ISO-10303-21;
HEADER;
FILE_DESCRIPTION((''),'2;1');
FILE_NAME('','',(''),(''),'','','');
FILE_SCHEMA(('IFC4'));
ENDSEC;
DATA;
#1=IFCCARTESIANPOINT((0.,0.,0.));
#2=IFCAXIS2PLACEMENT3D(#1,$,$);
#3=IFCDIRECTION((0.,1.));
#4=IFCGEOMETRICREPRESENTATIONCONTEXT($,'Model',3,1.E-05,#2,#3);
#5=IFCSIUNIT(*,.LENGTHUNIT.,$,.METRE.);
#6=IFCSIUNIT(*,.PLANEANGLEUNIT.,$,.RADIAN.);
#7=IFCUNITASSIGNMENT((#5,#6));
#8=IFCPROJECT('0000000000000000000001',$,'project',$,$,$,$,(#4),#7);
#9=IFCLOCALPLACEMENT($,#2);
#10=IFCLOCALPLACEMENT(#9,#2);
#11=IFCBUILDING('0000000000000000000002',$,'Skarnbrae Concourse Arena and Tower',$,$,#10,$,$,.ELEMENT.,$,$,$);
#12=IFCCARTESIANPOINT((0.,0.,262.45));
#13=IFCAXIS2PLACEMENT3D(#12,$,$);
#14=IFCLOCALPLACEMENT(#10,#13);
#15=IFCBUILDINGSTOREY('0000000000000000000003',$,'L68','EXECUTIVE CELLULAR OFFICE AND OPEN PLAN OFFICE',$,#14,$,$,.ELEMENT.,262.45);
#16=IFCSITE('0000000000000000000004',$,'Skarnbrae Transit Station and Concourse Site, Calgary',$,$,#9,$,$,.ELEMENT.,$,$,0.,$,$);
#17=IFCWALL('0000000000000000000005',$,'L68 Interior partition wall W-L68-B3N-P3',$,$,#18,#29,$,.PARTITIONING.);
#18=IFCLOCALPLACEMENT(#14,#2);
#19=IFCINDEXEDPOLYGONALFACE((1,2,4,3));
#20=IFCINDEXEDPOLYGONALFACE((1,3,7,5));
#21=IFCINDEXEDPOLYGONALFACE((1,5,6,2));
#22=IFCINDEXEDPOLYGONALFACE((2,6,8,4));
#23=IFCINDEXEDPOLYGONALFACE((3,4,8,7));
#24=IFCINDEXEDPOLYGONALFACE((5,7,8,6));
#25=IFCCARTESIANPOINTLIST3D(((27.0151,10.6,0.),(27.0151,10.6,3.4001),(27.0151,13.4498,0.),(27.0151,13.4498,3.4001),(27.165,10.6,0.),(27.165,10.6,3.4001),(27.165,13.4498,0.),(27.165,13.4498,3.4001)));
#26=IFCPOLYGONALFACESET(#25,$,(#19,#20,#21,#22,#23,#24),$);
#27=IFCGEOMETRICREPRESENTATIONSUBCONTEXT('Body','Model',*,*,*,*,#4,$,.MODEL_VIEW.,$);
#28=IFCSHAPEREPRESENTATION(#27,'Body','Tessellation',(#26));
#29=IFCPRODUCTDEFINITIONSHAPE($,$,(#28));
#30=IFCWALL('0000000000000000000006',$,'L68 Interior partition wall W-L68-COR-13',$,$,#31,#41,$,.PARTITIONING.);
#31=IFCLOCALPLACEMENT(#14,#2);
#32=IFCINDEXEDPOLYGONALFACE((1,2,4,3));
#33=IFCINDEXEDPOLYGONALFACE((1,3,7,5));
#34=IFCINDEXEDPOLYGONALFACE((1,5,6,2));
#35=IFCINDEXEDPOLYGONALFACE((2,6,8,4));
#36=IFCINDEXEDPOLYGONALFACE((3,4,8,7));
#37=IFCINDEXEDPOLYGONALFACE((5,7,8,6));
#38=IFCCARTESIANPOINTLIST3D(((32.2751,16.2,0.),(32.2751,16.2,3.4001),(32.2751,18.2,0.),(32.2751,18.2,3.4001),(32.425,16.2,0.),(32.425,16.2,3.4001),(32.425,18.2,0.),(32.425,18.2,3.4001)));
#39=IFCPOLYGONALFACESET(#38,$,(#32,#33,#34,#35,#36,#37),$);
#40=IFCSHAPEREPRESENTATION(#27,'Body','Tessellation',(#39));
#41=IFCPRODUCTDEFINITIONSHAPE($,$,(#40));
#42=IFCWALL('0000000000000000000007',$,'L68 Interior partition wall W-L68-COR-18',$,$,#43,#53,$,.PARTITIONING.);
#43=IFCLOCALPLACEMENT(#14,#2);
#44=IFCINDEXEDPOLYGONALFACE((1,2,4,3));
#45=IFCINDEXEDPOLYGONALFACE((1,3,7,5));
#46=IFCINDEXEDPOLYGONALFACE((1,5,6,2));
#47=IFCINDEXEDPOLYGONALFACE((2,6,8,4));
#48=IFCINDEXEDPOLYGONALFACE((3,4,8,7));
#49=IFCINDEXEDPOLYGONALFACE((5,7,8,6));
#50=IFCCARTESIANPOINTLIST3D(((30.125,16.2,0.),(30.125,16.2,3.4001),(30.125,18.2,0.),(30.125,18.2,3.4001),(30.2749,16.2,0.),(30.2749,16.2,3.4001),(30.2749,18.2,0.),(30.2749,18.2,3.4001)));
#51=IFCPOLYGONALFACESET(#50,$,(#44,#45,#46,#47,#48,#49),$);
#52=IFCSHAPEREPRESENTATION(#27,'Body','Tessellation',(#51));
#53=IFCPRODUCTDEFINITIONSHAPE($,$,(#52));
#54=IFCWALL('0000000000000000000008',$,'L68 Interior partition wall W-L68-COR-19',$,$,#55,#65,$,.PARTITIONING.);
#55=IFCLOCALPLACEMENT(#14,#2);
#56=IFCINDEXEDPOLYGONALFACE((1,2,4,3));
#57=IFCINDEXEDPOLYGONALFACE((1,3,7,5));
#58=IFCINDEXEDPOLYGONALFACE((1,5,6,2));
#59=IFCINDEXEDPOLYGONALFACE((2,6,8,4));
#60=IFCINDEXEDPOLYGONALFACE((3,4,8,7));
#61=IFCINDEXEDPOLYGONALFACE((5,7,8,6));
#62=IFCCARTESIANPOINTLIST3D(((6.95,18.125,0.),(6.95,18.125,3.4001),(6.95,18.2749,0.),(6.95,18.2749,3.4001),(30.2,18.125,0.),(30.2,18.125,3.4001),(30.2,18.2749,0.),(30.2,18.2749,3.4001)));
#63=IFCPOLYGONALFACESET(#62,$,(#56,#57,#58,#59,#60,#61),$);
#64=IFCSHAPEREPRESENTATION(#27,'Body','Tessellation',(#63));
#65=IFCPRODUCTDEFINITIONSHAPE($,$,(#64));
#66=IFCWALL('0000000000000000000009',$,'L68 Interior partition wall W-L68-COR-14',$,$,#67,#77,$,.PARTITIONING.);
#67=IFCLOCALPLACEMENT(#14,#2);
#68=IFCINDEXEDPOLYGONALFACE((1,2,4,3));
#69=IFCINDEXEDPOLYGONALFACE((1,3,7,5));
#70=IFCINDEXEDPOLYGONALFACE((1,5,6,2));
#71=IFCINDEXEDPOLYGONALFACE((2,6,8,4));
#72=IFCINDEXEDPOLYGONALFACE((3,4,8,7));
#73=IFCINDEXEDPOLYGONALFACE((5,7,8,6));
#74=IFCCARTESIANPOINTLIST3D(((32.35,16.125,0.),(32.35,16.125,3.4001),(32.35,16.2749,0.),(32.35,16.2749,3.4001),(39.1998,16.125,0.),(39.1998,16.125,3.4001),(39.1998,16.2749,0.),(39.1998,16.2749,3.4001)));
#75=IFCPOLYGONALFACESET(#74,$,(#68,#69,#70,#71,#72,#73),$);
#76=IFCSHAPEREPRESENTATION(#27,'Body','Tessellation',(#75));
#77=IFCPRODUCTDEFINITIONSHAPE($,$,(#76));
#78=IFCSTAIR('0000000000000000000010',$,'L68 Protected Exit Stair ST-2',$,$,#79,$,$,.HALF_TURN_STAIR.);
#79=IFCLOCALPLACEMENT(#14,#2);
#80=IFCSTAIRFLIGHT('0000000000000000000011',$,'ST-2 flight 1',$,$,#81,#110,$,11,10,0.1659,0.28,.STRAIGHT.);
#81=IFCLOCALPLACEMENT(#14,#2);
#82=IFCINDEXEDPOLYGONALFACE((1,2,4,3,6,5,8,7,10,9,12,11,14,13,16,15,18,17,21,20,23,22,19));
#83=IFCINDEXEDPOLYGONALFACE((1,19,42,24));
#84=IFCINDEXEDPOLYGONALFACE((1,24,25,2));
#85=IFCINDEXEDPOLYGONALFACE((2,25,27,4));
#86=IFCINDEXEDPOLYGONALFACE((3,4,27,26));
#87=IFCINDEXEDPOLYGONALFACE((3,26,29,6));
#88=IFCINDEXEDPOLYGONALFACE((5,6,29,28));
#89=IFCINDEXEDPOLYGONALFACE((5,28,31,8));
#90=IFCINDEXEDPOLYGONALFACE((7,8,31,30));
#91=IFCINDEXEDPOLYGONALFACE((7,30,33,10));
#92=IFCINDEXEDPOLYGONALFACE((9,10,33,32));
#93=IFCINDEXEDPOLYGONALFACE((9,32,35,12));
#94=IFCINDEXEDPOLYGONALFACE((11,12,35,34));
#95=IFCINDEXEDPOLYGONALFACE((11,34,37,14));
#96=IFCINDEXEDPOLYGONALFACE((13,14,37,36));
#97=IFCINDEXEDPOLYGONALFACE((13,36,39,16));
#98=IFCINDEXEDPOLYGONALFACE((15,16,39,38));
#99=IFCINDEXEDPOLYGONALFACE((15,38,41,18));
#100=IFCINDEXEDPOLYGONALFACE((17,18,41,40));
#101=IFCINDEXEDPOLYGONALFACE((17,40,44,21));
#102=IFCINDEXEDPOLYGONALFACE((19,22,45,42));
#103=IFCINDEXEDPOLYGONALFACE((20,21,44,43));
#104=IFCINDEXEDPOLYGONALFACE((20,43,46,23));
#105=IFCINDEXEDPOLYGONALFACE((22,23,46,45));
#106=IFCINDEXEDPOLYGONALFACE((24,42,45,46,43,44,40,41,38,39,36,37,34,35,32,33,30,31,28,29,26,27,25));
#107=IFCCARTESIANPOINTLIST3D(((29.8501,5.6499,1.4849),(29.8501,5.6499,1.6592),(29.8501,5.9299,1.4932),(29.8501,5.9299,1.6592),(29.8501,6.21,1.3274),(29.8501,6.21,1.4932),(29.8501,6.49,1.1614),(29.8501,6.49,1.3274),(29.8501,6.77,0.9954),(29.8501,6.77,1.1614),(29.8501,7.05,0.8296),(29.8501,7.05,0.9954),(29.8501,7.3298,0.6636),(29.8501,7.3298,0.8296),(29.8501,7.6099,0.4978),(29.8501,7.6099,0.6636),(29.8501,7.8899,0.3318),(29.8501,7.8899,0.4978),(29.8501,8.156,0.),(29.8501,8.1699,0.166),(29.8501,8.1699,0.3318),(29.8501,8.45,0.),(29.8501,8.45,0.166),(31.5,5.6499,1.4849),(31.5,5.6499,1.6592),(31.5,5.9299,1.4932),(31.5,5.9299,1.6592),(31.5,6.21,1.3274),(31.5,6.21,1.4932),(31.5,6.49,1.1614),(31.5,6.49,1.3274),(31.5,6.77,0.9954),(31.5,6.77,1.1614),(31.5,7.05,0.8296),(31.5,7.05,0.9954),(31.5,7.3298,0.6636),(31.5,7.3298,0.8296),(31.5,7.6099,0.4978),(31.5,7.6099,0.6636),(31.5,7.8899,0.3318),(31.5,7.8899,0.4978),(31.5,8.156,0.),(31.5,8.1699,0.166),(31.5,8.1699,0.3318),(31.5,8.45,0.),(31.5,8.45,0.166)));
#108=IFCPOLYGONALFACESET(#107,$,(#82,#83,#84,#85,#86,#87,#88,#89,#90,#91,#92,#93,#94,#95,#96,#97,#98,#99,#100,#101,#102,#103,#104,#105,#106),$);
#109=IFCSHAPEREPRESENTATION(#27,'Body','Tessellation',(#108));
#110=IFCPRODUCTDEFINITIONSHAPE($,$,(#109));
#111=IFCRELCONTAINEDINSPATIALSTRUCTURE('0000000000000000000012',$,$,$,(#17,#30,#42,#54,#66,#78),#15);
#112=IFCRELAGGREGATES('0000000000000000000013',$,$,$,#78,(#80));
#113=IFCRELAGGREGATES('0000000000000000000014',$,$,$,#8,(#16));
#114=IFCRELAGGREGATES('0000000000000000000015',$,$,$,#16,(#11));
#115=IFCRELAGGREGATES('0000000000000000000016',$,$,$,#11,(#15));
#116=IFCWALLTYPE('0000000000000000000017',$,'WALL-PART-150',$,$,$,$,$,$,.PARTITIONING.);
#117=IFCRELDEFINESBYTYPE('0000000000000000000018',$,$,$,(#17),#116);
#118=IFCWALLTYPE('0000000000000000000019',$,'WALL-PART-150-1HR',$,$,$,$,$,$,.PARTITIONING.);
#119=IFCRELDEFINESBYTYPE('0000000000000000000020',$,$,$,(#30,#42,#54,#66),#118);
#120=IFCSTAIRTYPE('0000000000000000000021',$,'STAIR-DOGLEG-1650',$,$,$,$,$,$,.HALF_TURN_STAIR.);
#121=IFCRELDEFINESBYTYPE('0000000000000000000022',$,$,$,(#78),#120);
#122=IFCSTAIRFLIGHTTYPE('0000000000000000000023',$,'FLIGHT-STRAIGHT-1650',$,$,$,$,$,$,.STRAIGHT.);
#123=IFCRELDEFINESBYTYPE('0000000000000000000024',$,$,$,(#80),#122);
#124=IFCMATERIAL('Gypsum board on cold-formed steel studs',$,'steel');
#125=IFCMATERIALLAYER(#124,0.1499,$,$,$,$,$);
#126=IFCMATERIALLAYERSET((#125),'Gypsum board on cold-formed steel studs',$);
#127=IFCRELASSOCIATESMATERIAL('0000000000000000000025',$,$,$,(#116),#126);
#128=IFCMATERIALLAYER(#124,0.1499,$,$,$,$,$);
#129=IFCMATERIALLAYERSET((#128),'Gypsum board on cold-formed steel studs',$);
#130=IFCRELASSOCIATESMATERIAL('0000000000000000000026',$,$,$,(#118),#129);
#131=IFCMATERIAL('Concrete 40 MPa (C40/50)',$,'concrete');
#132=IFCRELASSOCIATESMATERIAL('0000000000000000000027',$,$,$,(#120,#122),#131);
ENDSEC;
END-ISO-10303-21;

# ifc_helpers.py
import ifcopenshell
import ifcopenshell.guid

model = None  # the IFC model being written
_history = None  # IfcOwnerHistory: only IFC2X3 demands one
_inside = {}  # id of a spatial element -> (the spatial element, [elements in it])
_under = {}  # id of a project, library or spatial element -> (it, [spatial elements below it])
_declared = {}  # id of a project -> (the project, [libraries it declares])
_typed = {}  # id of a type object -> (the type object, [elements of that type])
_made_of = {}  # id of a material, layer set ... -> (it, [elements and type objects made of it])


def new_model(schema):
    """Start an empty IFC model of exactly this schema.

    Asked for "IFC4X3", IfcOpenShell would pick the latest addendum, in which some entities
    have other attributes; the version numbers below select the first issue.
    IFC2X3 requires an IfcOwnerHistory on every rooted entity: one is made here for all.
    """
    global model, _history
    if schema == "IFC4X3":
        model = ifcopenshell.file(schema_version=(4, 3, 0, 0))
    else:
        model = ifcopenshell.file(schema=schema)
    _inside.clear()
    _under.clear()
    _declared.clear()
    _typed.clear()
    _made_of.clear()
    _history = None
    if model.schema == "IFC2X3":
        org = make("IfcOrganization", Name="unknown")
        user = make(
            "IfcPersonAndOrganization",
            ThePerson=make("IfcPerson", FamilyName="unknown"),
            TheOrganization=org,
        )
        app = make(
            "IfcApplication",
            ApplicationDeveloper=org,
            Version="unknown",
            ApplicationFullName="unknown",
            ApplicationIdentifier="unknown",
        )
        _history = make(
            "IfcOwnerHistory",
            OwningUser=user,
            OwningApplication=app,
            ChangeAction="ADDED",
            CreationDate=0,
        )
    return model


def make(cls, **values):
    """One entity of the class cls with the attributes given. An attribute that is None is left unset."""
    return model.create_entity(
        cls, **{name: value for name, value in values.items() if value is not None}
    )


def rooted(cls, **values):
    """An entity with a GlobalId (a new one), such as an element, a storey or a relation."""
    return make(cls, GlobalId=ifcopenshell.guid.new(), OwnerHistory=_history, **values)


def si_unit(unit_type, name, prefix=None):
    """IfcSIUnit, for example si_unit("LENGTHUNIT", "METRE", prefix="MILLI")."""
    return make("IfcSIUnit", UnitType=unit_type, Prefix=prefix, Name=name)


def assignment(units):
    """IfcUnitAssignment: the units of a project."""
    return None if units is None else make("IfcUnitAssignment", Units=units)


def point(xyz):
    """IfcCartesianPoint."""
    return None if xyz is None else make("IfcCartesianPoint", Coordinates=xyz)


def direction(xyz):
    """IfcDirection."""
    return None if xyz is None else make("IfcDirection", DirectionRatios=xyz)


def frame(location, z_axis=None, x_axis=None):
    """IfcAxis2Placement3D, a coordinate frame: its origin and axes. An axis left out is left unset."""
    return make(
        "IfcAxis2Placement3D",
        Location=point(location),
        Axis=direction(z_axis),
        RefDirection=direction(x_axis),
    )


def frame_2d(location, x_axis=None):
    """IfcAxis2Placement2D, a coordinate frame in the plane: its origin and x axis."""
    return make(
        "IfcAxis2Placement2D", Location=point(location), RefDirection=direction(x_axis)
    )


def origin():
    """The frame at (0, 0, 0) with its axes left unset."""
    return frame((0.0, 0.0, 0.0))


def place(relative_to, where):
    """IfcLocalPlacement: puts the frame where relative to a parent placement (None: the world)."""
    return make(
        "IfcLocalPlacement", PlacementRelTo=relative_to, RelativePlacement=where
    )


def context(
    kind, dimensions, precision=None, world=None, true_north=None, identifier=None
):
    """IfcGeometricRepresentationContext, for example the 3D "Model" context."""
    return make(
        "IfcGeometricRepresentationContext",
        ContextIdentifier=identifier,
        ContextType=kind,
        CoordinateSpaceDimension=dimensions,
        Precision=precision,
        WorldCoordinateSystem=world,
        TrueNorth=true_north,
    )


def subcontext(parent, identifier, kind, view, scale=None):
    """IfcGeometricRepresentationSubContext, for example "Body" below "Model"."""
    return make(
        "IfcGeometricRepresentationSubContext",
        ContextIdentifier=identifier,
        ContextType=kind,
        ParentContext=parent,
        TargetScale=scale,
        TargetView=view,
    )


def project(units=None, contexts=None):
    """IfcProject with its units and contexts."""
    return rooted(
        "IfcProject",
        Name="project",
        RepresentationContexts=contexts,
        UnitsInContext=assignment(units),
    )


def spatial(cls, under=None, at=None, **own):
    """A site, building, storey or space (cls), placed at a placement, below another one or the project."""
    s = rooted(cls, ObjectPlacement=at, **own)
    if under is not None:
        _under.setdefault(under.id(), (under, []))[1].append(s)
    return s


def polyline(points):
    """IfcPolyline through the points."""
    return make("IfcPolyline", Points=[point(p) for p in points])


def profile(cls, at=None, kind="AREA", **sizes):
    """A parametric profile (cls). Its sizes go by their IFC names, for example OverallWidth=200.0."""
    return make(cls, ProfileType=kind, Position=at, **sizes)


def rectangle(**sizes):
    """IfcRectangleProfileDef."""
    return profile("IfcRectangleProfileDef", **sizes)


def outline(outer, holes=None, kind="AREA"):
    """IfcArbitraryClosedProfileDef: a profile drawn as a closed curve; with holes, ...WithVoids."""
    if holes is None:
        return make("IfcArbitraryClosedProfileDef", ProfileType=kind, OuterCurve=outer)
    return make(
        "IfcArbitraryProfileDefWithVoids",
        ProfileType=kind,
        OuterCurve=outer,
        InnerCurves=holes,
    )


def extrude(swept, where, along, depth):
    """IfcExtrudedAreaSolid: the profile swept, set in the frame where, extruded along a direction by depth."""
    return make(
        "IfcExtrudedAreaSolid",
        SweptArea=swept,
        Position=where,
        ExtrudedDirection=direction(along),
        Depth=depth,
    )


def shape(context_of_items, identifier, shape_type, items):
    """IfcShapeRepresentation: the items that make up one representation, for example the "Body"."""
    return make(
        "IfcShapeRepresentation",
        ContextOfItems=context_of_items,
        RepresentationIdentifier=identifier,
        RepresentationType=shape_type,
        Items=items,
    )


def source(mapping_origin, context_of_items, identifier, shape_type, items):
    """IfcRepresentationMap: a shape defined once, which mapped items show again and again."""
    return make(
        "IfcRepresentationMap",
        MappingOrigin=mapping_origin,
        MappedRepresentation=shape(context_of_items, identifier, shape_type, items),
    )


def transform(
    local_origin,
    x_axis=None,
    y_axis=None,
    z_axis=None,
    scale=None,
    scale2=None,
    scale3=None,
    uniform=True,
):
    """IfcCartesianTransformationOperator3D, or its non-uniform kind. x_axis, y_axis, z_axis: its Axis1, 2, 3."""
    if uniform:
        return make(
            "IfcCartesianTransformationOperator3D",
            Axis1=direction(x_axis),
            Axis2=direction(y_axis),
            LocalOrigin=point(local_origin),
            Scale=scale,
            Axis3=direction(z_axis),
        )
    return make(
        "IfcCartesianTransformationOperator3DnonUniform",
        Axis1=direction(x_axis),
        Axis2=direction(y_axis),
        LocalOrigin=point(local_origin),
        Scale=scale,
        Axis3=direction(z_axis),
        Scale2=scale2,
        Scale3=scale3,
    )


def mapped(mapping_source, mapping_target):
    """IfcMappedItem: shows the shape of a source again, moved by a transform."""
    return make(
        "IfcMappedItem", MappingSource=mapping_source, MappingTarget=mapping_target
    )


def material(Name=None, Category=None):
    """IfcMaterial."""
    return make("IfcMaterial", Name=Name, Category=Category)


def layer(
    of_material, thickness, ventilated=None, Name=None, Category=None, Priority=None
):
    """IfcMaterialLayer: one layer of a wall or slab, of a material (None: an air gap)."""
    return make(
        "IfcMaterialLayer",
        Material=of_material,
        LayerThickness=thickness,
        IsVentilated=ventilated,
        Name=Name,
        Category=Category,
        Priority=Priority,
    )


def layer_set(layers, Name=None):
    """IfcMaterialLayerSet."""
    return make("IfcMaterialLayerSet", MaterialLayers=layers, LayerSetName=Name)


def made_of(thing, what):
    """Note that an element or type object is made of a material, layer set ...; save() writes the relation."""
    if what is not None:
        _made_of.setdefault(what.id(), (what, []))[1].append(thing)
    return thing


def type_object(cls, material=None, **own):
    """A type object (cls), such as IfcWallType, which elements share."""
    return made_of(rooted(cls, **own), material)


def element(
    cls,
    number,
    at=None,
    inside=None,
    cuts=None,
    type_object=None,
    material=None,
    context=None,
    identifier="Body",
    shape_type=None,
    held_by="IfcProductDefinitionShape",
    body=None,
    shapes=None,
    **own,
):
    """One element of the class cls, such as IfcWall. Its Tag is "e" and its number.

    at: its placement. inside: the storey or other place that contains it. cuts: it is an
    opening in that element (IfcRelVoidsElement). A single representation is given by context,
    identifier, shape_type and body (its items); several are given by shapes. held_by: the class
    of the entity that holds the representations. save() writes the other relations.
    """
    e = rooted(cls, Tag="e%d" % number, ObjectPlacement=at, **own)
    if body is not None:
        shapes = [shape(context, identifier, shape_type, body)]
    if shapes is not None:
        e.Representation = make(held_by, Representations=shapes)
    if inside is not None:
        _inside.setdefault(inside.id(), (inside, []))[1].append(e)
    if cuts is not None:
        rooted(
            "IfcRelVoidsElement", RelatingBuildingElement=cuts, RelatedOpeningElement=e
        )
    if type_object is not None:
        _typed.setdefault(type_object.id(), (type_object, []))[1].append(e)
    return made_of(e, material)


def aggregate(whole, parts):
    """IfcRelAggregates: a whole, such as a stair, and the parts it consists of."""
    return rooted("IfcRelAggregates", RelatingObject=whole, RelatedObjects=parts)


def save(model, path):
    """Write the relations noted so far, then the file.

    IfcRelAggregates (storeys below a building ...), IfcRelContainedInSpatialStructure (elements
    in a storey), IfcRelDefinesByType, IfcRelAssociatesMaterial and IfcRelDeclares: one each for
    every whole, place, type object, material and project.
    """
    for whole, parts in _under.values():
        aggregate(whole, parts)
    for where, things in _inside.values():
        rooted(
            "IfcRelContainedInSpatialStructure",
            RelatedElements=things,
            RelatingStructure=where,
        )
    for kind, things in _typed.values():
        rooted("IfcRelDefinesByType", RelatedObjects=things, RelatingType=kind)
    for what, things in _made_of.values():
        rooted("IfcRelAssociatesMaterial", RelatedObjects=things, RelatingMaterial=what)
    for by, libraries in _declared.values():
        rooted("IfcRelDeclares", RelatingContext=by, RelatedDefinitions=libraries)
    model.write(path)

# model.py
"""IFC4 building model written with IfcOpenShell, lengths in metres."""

from ifc_helpers import new_model, si_unit, direction, frame, frame_2d, origin, place, context, subcontext, project, spatial, polyline, rectangle, outline, extrude, source, transform, mapped, material, layer, layer_set, type_object, element, aggregate, save


model = new_model("IFC4")

# Units and contexts
model_context = context("Model", 3, precision=1e-05, world=origin(), true_north=direction((0.0, 1.0)))
body_context = subcontext(model_context, "Body", "Model", "MODEL_VIEW")
ifc_project = project(units=[si_unit("LENGTHUNIT", "METRE"), si_unit("PLANEANGLEUNIT", "RADIAN")], contexts=[model_context])

# Site, building, storey
site_placement = place(None, origin())
site = spatial("IfcSite", under=ifc_project, at=site_placement, Name="Skarnbrae Transit Station and Concourse Site, Calgary", CompositionType="ELEMENT", RefElevation=0.0)
building_placement = place(site_placement, origin())
building = spatial("IfcBuilding", under=site, at=building_placement, Name="Skarnbrae Concourse Arena and Tower", CompositionType="ELEMENT")
storey_placement = place(building_placement, frame((0.0, 0.0, 262.45)))
storey = spatial("IfcBuildingStorey", under=building, at=storey_placement, Name="L68", Description="EXECUTIVE CELLULAR OFFICE AND OPEN PLAN OFFICE", CompositionType="ELEMENT", Elevation=262.45)

# Walls
ifc_material_1 = material(Name="Gypsum board on cold-formed steel studs", Category="steel")
ifc_layer_1 = layer(ifc_material_1, 0.1499)
ifc_layer_set_1 = layer_set([ifc_layer_1], Name="Gypsum board on cold-formed steel studs")
wall_type_1 = type_object("IfcWallType", Name="WALL-PART-150", PredefinedType="PARTITIONING", material=ifc_layer_set_1)
shared_shape_1 = source(origin(), body_context, "Body", "SweptSolid", [
    extrude(rectangle(XDim=2.8499, YDim=0.1499, at=frame_2d((1.4248, 0.0))), origin(), (0.0, 0.0, 1.0), 3.4001),
])
for number, where, z_axis, x_axis, name in (
    (1, (27.0901, 10.6001, 0.0), (0.0, 0.0, 1.0), (0.0, 1.0, 0.0), "L68 Interior partition wall W-L68-B3N-P3"),
):
    element("IfcWall", number, at=place(storey_placement, frame(where, z_axis=z_axis, x_axis=x_axis)), inside=storey, type_object=wall_type_1, Name=name, PredefinedType="PARTITIONING", context=body_context, shape_type="MappedRepresentation", body=[
        mapped(shared_shape_1, transform((0.0, 0.0, 0.0))),
    ])
ifc_layer_2 = layer(ifc_material_1, 0.1499)
ifc_layer_set_2 = layer_set([ifc_layer_2], Name="Gypsum board on cold-formed steel studs")
wall_type_2 = type_object("IfcWallType", Name="WALL-PART-150-1HR", PredefinedType="PARTITIONING", material=ifc_layer_set_2)
shared_shape_2 = source(origin(), body_context, "Body", "SweptSolid", [
    extrude(rectangle(XDim=2.0, YDim=0.1499, at=frame_2d((1.0, 0.0))), origin(), (0.0, 0.0, 1.0), 3.4001),
])
for number, where, z_axis, x_axis, name in (
    (2, (32.3501, 18.2, 0.0), (0.0, 0.0, 1.0), (0.0, -1.0, 0.0), "L68 Interior partition wall W-L68-COR-13"),
    (3, (30.2, 16.2, 0.0), (0.0, 0.0, 1.0), (0.0, 1.0, 0.0), "L68 Interior partition wall W-L68-COR-18"),
):
    element("IfcWall", number, at=place(storey_placement, frame(where, z_axis=z_axis, x_axis=x_axis)), inside=storey, type_object=wall_type_2, Name=name, PredefinedType="PARTITIONING", context=body_context, shape_type="MappedRepresentation", body=[
        mapped(shared_shape_2, transform((0.0, 0.0, 0.0))),
    ])
shared_shape_3 = source(origin(), body_context, "Body", "SweptSolid", [
    extrude(rectangle(XDim=23.25, YDim=0.1499, at=frame_2d((11.625, 0.0))), origin(), (0.0, 0.0, 1.0), 3.4001),
])
wall_1_placement = place(storey_placement, frame((30.2, 18.2, 0.0), z_axis=(0.0, 0.0, 1.0), x_axis=(-1.0, 0.0, 0.0)))
element("IfcWall", 4, at=wall_1_placement, inside=storey, type_object=wall_type_2, Name="L68 Interior partition wall W-L68-COR-19", PredefinedType="PARTITIONING", context=body_context, shape_type="MappedRepresentation", body=[
    mapped(shared_shape_3, transform((0.0, 0.0, 0.0))),
])
shared_shape_4 = source(origin(), body_context, "Body", "SweptSolid", [
    extrude(rectangle(XDim=6.8499, YDim=0.1499, at=frame_2d((3.4248, 0.0))), origin(), (0.0, 0.0, 1.0), 3.4001),
])
wall_2_placement = place(storey_placement, frame((32.3501, 16.2, 0.0), z_axis=(0.0, 0.0, 1.0), x_axis=(1.0, 0.0, 0.0)))
element("IfcWall", 5, at=wall_2_placement, inside=storey, type_object=wall_type_2, Name="L68 Interior partition wall W-L68-COR-14", PredefinedType="PARTITIONING", context=body_context, shape_type="MappedRepresentation", body=[
    mapped(shared_shape_4, transform((0.0, 0.0, 0.0))),
])

# Stair, stair flight
ifc_material_2 = material(Name="Concrete 40 MPa (C40/50)", Category="concrete")
stair_type = type_object("IfcStairType", Name="STAIR-DOGLEG-1650", PredefinedType="HALF_TURN_STAIR", material=ifc_material_2)
stair_placement = place(storey_placement, origin())
stair = element("IfcStair", 6, at=stair_placement, inside=storey, type_object=stair_type, Name="L68 Protected Exit Stair ST-2", PredefinedType="HALF_TURN_STAIR")
stair_flight_type = type_object("IfcStairFlightType", Name="FLIGHT-STRAIGHT-1650", PredefinedType="STRAIGHT", material=ifc_material_2)
shared_shape_5 = source(origin(), body_context, "Body", "SweptSolid", [
    extrude(outline(polyline([(0.0, 0.0), (0.0, 0.166), (0.28, 0.166), (0.28, 0.3318), (0.5601, 0.3318), (0.5601, 0.4978), (0.8401, 0.4978), (0.8401, 0.6636), (1.1201, 0.6636), (1.1201, 0.8296), (1.3999, 0.8296), (1.3999, 0.9954), (1.6799, 0.9954), (1.6799, 1.1614), (1.96, 1.1614), (1.96, 1.3274), (2.24, 1.3274), (2.24, 1.4932), (2.52, 1.4932), (2.52, 1.6592), (2.8, 1.6592), (2.8, 1.825), (2.8, 1.4849), (0.2939, 0.0), (0.0, 0.0)])), frame((0.0, 0.825, 0.0), z_axis=(0.0, -1.0, 0.0), x_axis=(1.0, 0.0, 0.0)), (0.0, 0.0, 1.0), 1.6499),
])
stair_flight_placement = place(storey_placement, frame((30.675, 8.45, 0.0), z_axis=(0.0, 0.0, 1.0), x_axis=(0.0, -1.0, 0.0)))
stair_flight = element("IfcStairFlight", 7, at=stair_flight_placement, type_object=stair_flight_type, Name="ST-2 flight 1", NumberOfRisers=11, NumberOfTreads=10, PredefinedType="STRAIGHT", RiserHeight=0.1659, TreadLength=0.28, context=body_context, shape_type="MappedRepresentation", body=[
    mapped(shared_shape_5, transform((0.0, 0.0, 0.0))),
])
aggregate(stair, [stair_flight])

save(model, "model.ifc")
